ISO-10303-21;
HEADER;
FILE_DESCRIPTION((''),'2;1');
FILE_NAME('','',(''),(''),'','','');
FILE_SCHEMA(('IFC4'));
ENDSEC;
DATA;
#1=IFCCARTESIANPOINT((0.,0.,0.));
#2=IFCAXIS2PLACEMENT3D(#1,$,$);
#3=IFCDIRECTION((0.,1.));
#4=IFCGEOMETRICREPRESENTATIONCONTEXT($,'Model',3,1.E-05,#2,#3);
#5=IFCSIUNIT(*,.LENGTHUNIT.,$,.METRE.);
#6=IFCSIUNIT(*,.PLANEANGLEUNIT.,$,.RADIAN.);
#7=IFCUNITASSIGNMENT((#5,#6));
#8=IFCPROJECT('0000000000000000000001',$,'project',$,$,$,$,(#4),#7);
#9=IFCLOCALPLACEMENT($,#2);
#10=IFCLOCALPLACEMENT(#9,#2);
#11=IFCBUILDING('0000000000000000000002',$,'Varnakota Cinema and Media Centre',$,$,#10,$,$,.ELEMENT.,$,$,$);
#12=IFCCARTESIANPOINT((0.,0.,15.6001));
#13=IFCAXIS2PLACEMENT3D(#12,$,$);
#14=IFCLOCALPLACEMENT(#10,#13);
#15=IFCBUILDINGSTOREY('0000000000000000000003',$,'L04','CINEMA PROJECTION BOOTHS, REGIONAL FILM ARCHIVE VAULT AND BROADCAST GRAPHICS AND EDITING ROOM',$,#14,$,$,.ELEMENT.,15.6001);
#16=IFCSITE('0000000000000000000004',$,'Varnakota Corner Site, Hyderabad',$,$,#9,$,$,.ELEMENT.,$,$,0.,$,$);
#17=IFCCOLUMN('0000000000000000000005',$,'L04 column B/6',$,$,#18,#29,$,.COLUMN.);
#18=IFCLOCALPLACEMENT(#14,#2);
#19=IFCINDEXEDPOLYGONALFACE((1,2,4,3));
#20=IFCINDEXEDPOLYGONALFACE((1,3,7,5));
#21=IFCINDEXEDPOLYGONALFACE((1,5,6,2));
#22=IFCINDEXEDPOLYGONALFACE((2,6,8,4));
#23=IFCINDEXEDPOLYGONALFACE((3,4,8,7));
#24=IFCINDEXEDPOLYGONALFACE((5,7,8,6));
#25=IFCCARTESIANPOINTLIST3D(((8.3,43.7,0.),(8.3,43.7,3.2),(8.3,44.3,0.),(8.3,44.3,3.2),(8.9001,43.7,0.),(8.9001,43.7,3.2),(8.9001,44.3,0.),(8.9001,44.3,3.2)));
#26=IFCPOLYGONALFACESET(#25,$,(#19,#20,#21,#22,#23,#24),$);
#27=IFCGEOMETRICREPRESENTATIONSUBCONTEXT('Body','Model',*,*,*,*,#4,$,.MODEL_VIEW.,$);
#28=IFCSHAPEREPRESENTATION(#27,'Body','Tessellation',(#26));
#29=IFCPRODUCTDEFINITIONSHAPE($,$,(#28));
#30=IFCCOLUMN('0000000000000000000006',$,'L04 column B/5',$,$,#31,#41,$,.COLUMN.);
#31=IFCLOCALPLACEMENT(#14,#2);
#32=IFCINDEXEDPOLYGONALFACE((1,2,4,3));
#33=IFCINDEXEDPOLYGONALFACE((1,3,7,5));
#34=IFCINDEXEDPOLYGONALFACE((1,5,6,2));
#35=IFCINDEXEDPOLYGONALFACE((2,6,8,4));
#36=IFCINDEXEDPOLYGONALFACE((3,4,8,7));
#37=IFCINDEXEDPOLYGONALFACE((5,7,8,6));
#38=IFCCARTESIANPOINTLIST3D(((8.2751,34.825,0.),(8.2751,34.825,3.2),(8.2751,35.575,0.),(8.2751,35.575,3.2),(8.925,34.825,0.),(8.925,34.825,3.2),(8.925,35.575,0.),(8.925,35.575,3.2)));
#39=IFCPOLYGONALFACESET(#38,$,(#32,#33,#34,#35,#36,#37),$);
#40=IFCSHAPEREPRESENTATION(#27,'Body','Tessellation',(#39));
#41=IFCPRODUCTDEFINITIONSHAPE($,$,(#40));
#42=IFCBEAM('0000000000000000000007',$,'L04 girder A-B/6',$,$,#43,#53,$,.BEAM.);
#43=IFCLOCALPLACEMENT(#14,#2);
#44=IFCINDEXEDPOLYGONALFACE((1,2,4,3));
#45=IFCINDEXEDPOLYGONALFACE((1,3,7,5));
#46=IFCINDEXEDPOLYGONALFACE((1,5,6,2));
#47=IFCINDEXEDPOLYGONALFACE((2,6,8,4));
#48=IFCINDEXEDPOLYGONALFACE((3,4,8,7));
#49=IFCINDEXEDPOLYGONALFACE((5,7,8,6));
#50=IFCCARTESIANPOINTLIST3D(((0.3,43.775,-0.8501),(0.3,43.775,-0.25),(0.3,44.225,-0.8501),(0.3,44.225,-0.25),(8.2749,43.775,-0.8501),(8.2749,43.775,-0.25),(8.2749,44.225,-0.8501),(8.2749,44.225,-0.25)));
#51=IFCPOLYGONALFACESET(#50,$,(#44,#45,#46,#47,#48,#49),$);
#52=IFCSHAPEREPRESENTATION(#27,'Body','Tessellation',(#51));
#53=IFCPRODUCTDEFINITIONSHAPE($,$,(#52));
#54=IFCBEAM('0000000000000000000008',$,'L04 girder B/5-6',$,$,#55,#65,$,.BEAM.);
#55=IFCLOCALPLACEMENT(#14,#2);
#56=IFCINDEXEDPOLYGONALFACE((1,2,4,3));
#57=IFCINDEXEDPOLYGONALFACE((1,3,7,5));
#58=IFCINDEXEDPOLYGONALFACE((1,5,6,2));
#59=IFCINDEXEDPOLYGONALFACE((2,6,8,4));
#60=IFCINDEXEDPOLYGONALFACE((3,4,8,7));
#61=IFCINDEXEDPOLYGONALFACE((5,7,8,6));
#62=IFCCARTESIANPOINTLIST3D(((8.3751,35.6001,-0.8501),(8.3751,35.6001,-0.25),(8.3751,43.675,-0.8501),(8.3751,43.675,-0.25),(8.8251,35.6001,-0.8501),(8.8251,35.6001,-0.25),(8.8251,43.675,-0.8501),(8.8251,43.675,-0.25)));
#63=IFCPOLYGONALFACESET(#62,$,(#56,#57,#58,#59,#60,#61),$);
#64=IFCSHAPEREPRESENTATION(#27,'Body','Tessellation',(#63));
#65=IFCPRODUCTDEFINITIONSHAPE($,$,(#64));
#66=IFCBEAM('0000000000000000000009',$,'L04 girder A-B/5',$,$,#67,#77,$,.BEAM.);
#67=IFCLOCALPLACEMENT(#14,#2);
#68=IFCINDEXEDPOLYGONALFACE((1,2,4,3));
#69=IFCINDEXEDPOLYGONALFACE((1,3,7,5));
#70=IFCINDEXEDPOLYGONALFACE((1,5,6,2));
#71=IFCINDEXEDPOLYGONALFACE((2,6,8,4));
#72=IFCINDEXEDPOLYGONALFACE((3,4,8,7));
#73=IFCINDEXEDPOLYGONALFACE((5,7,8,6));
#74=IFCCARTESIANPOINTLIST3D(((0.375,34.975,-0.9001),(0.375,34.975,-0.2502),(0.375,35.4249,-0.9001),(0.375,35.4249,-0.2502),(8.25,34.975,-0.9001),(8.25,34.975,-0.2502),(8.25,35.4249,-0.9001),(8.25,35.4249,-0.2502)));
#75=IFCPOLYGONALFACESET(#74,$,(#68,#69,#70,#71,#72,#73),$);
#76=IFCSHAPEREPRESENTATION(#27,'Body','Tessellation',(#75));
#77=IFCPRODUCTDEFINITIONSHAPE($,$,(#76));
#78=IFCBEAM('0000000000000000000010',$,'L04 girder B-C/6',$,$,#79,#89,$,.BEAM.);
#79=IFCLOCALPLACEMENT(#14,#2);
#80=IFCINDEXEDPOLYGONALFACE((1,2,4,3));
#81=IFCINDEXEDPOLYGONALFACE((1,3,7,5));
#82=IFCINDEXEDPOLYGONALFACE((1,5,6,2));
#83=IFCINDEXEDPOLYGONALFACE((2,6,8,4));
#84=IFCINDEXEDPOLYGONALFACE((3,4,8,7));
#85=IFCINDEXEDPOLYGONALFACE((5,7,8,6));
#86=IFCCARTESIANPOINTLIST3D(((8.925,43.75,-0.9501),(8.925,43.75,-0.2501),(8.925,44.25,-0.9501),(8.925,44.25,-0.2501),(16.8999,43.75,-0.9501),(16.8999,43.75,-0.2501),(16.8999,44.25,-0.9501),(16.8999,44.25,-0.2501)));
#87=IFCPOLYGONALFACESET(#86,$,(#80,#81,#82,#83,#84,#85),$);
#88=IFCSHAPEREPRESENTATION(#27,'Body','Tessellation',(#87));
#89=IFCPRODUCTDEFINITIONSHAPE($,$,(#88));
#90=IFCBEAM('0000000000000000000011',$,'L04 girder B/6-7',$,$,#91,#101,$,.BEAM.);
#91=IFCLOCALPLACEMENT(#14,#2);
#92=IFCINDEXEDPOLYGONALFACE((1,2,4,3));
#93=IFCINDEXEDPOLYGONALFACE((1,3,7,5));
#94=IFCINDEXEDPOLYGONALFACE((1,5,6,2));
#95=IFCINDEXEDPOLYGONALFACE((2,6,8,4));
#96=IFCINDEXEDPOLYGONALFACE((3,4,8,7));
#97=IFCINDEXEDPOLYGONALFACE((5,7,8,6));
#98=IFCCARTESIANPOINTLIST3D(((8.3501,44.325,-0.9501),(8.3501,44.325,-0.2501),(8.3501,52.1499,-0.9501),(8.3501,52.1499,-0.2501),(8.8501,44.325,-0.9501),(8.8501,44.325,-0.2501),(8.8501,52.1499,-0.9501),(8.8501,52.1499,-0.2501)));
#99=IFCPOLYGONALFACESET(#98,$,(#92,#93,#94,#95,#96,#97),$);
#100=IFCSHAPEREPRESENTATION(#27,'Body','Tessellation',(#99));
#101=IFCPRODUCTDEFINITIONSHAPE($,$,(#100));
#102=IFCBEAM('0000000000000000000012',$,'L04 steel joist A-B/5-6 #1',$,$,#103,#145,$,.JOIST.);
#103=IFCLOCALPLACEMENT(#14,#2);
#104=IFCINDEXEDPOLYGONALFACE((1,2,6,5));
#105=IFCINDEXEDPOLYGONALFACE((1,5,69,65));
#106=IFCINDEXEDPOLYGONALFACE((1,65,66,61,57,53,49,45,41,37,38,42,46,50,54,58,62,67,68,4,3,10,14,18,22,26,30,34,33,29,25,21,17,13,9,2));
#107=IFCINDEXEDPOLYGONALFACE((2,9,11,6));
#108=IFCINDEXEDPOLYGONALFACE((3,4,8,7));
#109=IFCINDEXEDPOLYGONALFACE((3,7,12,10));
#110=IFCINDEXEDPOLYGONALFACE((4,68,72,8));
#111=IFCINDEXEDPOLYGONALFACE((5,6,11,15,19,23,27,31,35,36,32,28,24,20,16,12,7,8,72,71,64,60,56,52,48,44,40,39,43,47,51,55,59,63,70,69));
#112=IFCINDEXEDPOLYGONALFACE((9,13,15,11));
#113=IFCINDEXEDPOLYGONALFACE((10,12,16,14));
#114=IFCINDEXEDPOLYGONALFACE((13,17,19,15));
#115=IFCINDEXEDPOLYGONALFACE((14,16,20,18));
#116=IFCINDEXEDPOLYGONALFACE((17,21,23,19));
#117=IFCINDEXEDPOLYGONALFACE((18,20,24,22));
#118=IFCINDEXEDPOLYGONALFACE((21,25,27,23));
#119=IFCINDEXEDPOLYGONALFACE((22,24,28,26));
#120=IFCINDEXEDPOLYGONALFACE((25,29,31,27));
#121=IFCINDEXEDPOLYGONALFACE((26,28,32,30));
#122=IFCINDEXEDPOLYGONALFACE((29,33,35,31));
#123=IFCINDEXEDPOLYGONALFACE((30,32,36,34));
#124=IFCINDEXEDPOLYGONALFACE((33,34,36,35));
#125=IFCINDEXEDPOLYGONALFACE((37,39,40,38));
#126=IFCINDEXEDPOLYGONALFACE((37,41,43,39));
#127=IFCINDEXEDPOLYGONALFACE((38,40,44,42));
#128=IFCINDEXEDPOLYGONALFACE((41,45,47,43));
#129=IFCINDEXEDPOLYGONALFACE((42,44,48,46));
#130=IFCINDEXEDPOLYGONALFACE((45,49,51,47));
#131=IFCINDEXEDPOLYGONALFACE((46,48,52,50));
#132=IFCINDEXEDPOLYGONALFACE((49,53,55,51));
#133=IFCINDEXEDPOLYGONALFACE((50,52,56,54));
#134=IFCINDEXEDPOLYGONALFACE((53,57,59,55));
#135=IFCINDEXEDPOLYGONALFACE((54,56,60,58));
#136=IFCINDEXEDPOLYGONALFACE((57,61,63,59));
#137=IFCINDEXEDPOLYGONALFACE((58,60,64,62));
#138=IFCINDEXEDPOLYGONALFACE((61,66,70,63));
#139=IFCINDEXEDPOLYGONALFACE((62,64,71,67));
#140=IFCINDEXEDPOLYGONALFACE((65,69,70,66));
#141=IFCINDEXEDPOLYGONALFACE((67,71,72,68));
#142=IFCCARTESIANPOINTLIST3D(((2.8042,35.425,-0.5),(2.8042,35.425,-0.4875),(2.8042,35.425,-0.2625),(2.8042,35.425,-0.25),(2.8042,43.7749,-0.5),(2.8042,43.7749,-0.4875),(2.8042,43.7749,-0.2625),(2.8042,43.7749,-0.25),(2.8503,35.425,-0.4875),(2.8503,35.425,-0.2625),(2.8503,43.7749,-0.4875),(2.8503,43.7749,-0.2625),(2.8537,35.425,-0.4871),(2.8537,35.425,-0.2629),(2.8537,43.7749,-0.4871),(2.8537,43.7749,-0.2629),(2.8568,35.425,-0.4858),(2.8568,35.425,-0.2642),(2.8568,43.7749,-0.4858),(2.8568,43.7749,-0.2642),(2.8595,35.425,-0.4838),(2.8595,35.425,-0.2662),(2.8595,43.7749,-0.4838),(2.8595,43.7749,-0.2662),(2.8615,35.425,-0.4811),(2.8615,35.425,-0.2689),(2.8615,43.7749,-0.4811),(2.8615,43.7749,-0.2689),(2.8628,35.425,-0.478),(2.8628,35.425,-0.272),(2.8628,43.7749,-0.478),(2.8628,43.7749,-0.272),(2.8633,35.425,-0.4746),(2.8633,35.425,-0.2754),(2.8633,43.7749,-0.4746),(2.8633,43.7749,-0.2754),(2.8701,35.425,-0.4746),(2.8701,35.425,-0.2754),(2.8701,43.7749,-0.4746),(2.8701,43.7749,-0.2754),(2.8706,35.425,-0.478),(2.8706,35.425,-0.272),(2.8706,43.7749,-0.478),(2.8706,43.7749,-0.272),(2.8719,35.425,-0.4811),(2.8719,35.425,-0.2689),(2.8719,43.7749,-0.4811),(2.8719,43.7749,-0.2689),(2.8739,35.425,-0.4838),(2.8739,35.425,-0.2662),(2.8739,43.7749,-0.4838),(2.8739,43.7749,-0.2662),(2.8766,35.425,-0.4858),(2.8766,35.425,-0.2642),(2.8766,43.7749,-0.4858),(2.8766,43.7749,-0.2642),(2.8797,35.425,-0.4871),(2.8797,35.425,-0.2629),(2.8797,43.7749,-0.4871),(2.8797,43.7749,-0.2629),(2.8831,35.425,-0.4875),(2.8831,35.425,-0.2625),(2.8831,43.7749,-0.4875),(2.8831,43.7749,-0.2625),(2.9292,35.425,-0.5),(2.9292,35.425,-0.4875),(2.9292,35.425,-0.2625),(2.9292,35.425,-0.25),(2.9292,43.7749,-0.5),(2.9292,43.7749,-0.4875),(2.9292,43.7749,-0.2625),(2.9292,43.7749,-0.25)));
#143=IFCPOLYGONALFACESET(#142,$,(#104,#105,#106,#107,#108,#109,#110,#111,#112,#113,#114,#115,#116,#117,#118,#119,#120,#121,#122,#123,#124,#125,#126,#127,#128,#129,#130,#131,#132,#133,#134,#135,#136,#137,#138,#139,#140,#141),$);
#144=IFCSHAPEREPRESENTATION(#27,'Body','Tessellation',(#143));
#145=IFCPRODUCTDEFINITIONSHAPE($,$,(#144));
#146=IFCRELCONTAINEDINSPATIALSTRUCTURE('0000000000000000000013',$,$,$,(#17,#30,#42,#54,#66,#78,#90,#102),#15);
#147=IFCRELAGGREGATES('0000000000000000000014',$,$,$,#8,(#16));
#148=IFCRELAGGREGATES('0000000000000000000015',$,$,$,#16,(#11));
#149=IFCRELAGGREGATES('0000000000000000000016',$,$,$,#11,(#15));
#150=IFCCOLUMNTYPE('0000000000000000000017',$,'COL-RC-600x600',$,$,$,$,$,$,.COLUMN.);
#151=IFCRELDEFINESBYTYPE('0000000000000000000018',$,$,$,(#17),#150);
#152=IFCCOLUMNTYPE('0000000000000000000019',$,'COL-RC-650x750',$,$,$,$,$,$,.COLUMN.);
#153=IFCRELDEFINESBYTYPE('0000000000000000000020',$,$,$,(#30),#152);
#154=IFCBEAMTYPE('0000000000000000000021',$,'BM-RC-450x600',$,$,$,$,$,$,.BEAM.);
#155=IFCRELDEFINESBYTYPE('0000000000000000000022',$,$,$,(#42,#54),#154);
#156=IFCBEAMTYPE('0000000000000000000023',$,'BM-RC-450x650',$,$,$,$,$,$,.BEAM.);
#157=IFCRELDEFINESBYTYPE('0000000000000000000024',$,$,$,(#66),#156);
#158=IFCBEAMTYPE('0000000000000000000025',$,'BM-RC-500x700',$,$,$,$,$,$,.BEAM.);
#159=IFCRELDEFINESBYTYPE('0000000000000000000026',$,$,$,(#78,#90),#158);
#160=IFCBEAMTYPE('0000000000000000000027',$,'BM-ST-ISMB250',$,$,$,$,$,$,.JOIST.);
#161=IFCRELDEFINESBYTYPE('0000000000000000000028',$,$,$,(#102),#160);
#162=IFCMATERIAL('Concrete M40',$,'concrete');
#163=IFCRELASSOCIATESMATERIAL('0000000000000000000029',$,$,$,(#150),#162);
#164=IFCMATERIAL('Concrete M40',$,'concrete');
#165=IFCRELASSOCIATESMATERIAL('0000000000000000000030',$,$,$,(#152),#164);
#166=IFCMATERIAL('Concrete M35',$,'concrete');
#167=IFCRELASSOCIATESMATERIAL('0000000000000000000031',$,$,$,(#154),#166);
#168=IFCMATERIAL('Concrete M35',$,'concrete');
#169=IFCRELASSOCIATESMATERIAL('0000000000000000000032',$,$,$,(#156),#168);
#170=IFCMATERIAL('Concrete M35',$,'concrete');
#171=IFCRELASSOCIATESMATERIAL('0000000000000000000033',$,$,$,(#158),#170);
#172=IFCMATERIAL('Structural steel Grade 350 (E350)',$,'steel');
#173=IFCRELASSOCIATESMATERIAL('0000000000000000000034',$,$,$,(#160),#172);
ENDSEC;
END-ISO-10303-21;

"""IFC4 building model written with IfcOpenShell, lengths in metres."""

from ifc_helpers import new_model, si_unit, direction, frame, origin, origin_2d, place, context, subcontext, project, spatial, rectangle, i_section, extrude, material, material_profile, profile_set, type_object, element, save


model = new_model("IFC4")

# Units and contexts
model_context = context("Model", 3, precision=1e-05, world=origin(), true_north=direction((0.0, 1.0)))
body_context = subcontext(model_context, "Body", "Model", "MODEL_VIEW")
ifc_project = project(units=[si_unit("LENGTHUNIT", "METRE"), si_unit("PLANEANGLEUNIT", "RADIAN")], contexts=[model_context])

# Site, building, storey
site_placement = place(None, origin())
site = spatial("IfcSite", under=ifc_project, at=site_placement, Name="Varnakota Corner Site, Hyderabad", CompositionType="ELEMENT", RefElevation=0.0)
building_placement = place(site_placement, origin())
building = spatial("IfcBuilding", under=site, at=building_placement, Name="Varnakota Cinema and Media Centre", CompositionType="ELEMENT")
storey_placement = place(building_placement, frame((0.0, 0.0, 15.6001)))
storey = spatial("IfcBuildingStorey", under=building, at=storey_placement, Name="L04", Description="CINEMA PROJECTION BOOTHS, REGIONAL FILM ARCHIVE VAULT AND BROADCAST GRAPHICS AND EDITING ROOM", CompositionType="ELEMENT", Elevation=15.6001)

# Columns
ifc_material_1 = material(Name="Concrete M40", Category="concrete")
ifc_material_profile_1 = material_profile(ifc_material_1, rectangle(XDim=0.6001, YDim=0.6001, at=origin_2d()), Name="RC 600x600")
ifc_profile_set_1 = profile_set([ifc_material_profile_1], Name="Concrete M40")
column_type_1 = type_object("IfcColumnType", Name="COL-RC-600x600", PredefinedType="COLUMN", material=ifc_profile_set_1)
column_1_placement = place(storey_placement, frame((8.6001, 44.0, 0.0), z_axis=(0.0, 0.0, 1.0), x_axis=(1.0, 0.0, 0.0)))
element("IfcColumn", 1, at=column_1_placement, inside=storey, type_object=column_type_1, Name="L04 column B/6", PredefinedType="COLUMN", context=body_context, shape_type="SweptSolid", body=[
    extrude(rectangle(XDim=0.6001, YDim=0.6001, at=origin_2d()), origin(), (0.0, 0.0, 1.0), 3.2),
])
ifc_material_2 = material(Name="Concrete M40", Category="concrete")
ifc_material_profile_2 = material_profile(ifc_material_2, rectangle(XDim=0.6499, YDim=0.75, at=origin_2d()), Name="RC 650x750")
ifc_profile_set_2 = profile_set([ifc_material_profile_2], Name="Concrete M40")
column_type_2 = type_object("IfcColumnType", Name="COL-RC-650x750", PredefinedType="COLUMN", material=ifc_profile_set_2)
column_2_placement = place(storey_placement, frame((8.6001, 35.2, 0.0), z_axis=(0.0, 0.0, 1.0), x_axis=(1.0, 0.0, 0.0)))
element("IfcColumn", 2, at=column_2_placement, inside=storey, type_object=column_type_2, Name="L04 column B/5", PredefinedType="COLUMN", context=body_context, shape_type="SweptSolid", body=[
    extrude(rectangle(XDim=0.6499, YDim=0.75, at=origin_2d()), origin(), (0.0, 0.0, 1.0), 3.2),
])

# Beams
ifc_material_3 = material(Name="Concrete M35", Category="concrete")
ifc_material_profile_3 = material_profile(ifc_material_3, rectangle(XDim=0.45, YDim=0.6001, at=origin_2d()), Name="RCB 450x600")
ifc_profile_set_3 = profile_set([ifc_material_profile_3], Name="Concrete M35")
beam_type_1 = type_object("IfcBeamType", Name="BM-RC-450x600", PredefinedType="BEAM", material=ifc_profile_set_3)
beam_1_placement = place(storey_placement, frame((0.3, 44.0, -0.55), z_axis=(1.0, 0.0, 0.0), x_axis=(0.0, 1.0, 0.0)))
element("IfcBeam", 3, at=beam_1_placement, inside=storey, type_object=beam_type_1, Name="L04 girder A-B/6", PredefinedType="BEAM", context=body_context, shape_type="SweptSolid", body=[
    extrude(rectangle(XDim=0.45, YDim=0.6001, at=origin_2d()), origin(), (0.0, 0.0, 1.0), 7.9749),
])
beam_2_placement = place(storey_placement, frame((8.6001, 35.6001, -0.55), z_axis=(0.0, 1.0, 0.0), x_axis=(-1.0, 0.0, 0.0)))
element("IfcBeam", 4, at=beam_2_placement, inside=storey, type_object=beam_type_1, Name="L04 girder B/5-6", PredefinedType="BEAM", context=body_context, shape_type="SweptSolid", body=[
    extrude(rectangle(XDim=0.45, YDim=0.6001, at=origin_2d()), origin(), (0.0, 0.0, 1.0), 8.075),
])
ifc_material_4 = material(Name="Concrete M35", Category="concrete")
ifc_material_profile_4 = material_profile(ifc_material_4, rectangle(XDim=0.45, YDim=0.6499, at=origin_2d()), Name="RCB 450x650")
ifc_profile_set_4 = profile_set([ifc_material_profile_4], Name="Concrete M35")
beam_type_2 = type_object("IfcBeamType", Name="BM-RC-450x650", PredefinedType="BEAM", material=ifc_profile_set_4)
beam_3_placement = place(storey_placement, frame((0.375, 35.2, -0.5752), z_axis=(1.0, 0.0, 0.0), x_axis=(0.0, 1.0, 0.0)))
element("IfcBeam", 5, at=beam_3_placement, inside=storey, type_object=beam_type_2, Name="L04 girder A-B/5", PredefinedType="BEAM", context=body_context, shape_type="SweptSolid", body=[
    extrude(rectangle(XDim=0.45, YDim=0.6499, at=origin_2d()), origin(), (0.0, 0.0, 1.0), 7.875),
])
ifc_material_5 = material(Name="Concrete M35", Category="concrete")
ifc_material_profile_5 = material_profile(ifc_material_5, rectangle(XDim=0.5, YDim=0.7, at=origin_2d()), Name="RCB 500x700")
ifc_profile_set_5 = profile_set([ifc_material_profile_5], Name="Concrete M35")
beam_type_3 = type_object("IfcBeamType", Name="BM-RC-500x700", PredefinedType="BEAM", material=ifc_profile_set_5)
beam_4_placement = place(storey_placement, frame((8.925, 44.0, -0.6001), z_axis=(1.0, 0.0, 0.0), x_axis=(0.0, 1.0, 0.0)))
element("IfcBeam", 6, at=beam_4_placement, inside=storey, type_object=beam_type_3, Name="L04 girder B-C/6", PredefinedType="BEAM", context=body_context, shape_type="SweptSolid", body=[
    extrude(rectangle(XDim=0.5, YDim=0.7, at=origin_2d()), origin(), (0.0, 0.0, 1.0), 7.9749),
])
beam_5_placement = place(storey_placement, frame((8.6001, 44.325, -0.6001), z_axis=(0.0, 1.0, 0.0), x_axis=(-1.0, 0.0, 0.0)))
element("IfcBeam", 7, at=beam_5_placement, inside=storey, type_object=beam_type_3, Name="L04 girder B/6-7", PredefinedType="BEAM", context=body_context, shape_type="SweptSolid", body=[
    extrude(rectangle(XDim=0.5, YDim=0.7, at=origin_2d()), origin(), (0.0, 0.0, 1.0), 7.825),
])
ifc_material_6 = material(Name="Structural steel Grade 350 (E350)", Category="steel")
ifc_material_profile_6 = material_profile(ifc_material_6, i_section(OverallWidth=0.125, OverallDepth=0.25, WebThickness=0.0068, FlangeThickness=0.0125, FilletRadius=0.0129, at=origin_2d()), Name="ISMB 250")
ifc_profile_set_6 = profile_set([ifc_material_profile_6], Name="Structural steel Grade 350 (E350)")
beam_type_4 = type_object("IfcBeamType", Name="BM-ST-ISMB250", PredefinedType="JOIST", material=ifc_profile_set_6)
beam_6_placement = place(storey_placement, frame((2.8667, 35.425, -0.375), z_axis=(0.0, 1.0, 0.0), x_axis=(-1.0, 0.0, 0.0)))
element("IfcBeam", 8, at=beam_6_placement, inside=storey, type_object=beam_type_4, Name="L04 steel joist A-B/5-6 #1", PredefinedType="JOIST", context=body_context, shape_type="SweptSolid", body=[
    extrude(i_section(OverallWidth=0.125, OverallDepth=0.25, WebThickness=0.0068, FlangeThickness=0.0125, FilletRadius=0.0129, at=origin_2d()), origin(), (0.0, 0.0, 1.0), 8.3499),
])

save(model, "model.ifc")
